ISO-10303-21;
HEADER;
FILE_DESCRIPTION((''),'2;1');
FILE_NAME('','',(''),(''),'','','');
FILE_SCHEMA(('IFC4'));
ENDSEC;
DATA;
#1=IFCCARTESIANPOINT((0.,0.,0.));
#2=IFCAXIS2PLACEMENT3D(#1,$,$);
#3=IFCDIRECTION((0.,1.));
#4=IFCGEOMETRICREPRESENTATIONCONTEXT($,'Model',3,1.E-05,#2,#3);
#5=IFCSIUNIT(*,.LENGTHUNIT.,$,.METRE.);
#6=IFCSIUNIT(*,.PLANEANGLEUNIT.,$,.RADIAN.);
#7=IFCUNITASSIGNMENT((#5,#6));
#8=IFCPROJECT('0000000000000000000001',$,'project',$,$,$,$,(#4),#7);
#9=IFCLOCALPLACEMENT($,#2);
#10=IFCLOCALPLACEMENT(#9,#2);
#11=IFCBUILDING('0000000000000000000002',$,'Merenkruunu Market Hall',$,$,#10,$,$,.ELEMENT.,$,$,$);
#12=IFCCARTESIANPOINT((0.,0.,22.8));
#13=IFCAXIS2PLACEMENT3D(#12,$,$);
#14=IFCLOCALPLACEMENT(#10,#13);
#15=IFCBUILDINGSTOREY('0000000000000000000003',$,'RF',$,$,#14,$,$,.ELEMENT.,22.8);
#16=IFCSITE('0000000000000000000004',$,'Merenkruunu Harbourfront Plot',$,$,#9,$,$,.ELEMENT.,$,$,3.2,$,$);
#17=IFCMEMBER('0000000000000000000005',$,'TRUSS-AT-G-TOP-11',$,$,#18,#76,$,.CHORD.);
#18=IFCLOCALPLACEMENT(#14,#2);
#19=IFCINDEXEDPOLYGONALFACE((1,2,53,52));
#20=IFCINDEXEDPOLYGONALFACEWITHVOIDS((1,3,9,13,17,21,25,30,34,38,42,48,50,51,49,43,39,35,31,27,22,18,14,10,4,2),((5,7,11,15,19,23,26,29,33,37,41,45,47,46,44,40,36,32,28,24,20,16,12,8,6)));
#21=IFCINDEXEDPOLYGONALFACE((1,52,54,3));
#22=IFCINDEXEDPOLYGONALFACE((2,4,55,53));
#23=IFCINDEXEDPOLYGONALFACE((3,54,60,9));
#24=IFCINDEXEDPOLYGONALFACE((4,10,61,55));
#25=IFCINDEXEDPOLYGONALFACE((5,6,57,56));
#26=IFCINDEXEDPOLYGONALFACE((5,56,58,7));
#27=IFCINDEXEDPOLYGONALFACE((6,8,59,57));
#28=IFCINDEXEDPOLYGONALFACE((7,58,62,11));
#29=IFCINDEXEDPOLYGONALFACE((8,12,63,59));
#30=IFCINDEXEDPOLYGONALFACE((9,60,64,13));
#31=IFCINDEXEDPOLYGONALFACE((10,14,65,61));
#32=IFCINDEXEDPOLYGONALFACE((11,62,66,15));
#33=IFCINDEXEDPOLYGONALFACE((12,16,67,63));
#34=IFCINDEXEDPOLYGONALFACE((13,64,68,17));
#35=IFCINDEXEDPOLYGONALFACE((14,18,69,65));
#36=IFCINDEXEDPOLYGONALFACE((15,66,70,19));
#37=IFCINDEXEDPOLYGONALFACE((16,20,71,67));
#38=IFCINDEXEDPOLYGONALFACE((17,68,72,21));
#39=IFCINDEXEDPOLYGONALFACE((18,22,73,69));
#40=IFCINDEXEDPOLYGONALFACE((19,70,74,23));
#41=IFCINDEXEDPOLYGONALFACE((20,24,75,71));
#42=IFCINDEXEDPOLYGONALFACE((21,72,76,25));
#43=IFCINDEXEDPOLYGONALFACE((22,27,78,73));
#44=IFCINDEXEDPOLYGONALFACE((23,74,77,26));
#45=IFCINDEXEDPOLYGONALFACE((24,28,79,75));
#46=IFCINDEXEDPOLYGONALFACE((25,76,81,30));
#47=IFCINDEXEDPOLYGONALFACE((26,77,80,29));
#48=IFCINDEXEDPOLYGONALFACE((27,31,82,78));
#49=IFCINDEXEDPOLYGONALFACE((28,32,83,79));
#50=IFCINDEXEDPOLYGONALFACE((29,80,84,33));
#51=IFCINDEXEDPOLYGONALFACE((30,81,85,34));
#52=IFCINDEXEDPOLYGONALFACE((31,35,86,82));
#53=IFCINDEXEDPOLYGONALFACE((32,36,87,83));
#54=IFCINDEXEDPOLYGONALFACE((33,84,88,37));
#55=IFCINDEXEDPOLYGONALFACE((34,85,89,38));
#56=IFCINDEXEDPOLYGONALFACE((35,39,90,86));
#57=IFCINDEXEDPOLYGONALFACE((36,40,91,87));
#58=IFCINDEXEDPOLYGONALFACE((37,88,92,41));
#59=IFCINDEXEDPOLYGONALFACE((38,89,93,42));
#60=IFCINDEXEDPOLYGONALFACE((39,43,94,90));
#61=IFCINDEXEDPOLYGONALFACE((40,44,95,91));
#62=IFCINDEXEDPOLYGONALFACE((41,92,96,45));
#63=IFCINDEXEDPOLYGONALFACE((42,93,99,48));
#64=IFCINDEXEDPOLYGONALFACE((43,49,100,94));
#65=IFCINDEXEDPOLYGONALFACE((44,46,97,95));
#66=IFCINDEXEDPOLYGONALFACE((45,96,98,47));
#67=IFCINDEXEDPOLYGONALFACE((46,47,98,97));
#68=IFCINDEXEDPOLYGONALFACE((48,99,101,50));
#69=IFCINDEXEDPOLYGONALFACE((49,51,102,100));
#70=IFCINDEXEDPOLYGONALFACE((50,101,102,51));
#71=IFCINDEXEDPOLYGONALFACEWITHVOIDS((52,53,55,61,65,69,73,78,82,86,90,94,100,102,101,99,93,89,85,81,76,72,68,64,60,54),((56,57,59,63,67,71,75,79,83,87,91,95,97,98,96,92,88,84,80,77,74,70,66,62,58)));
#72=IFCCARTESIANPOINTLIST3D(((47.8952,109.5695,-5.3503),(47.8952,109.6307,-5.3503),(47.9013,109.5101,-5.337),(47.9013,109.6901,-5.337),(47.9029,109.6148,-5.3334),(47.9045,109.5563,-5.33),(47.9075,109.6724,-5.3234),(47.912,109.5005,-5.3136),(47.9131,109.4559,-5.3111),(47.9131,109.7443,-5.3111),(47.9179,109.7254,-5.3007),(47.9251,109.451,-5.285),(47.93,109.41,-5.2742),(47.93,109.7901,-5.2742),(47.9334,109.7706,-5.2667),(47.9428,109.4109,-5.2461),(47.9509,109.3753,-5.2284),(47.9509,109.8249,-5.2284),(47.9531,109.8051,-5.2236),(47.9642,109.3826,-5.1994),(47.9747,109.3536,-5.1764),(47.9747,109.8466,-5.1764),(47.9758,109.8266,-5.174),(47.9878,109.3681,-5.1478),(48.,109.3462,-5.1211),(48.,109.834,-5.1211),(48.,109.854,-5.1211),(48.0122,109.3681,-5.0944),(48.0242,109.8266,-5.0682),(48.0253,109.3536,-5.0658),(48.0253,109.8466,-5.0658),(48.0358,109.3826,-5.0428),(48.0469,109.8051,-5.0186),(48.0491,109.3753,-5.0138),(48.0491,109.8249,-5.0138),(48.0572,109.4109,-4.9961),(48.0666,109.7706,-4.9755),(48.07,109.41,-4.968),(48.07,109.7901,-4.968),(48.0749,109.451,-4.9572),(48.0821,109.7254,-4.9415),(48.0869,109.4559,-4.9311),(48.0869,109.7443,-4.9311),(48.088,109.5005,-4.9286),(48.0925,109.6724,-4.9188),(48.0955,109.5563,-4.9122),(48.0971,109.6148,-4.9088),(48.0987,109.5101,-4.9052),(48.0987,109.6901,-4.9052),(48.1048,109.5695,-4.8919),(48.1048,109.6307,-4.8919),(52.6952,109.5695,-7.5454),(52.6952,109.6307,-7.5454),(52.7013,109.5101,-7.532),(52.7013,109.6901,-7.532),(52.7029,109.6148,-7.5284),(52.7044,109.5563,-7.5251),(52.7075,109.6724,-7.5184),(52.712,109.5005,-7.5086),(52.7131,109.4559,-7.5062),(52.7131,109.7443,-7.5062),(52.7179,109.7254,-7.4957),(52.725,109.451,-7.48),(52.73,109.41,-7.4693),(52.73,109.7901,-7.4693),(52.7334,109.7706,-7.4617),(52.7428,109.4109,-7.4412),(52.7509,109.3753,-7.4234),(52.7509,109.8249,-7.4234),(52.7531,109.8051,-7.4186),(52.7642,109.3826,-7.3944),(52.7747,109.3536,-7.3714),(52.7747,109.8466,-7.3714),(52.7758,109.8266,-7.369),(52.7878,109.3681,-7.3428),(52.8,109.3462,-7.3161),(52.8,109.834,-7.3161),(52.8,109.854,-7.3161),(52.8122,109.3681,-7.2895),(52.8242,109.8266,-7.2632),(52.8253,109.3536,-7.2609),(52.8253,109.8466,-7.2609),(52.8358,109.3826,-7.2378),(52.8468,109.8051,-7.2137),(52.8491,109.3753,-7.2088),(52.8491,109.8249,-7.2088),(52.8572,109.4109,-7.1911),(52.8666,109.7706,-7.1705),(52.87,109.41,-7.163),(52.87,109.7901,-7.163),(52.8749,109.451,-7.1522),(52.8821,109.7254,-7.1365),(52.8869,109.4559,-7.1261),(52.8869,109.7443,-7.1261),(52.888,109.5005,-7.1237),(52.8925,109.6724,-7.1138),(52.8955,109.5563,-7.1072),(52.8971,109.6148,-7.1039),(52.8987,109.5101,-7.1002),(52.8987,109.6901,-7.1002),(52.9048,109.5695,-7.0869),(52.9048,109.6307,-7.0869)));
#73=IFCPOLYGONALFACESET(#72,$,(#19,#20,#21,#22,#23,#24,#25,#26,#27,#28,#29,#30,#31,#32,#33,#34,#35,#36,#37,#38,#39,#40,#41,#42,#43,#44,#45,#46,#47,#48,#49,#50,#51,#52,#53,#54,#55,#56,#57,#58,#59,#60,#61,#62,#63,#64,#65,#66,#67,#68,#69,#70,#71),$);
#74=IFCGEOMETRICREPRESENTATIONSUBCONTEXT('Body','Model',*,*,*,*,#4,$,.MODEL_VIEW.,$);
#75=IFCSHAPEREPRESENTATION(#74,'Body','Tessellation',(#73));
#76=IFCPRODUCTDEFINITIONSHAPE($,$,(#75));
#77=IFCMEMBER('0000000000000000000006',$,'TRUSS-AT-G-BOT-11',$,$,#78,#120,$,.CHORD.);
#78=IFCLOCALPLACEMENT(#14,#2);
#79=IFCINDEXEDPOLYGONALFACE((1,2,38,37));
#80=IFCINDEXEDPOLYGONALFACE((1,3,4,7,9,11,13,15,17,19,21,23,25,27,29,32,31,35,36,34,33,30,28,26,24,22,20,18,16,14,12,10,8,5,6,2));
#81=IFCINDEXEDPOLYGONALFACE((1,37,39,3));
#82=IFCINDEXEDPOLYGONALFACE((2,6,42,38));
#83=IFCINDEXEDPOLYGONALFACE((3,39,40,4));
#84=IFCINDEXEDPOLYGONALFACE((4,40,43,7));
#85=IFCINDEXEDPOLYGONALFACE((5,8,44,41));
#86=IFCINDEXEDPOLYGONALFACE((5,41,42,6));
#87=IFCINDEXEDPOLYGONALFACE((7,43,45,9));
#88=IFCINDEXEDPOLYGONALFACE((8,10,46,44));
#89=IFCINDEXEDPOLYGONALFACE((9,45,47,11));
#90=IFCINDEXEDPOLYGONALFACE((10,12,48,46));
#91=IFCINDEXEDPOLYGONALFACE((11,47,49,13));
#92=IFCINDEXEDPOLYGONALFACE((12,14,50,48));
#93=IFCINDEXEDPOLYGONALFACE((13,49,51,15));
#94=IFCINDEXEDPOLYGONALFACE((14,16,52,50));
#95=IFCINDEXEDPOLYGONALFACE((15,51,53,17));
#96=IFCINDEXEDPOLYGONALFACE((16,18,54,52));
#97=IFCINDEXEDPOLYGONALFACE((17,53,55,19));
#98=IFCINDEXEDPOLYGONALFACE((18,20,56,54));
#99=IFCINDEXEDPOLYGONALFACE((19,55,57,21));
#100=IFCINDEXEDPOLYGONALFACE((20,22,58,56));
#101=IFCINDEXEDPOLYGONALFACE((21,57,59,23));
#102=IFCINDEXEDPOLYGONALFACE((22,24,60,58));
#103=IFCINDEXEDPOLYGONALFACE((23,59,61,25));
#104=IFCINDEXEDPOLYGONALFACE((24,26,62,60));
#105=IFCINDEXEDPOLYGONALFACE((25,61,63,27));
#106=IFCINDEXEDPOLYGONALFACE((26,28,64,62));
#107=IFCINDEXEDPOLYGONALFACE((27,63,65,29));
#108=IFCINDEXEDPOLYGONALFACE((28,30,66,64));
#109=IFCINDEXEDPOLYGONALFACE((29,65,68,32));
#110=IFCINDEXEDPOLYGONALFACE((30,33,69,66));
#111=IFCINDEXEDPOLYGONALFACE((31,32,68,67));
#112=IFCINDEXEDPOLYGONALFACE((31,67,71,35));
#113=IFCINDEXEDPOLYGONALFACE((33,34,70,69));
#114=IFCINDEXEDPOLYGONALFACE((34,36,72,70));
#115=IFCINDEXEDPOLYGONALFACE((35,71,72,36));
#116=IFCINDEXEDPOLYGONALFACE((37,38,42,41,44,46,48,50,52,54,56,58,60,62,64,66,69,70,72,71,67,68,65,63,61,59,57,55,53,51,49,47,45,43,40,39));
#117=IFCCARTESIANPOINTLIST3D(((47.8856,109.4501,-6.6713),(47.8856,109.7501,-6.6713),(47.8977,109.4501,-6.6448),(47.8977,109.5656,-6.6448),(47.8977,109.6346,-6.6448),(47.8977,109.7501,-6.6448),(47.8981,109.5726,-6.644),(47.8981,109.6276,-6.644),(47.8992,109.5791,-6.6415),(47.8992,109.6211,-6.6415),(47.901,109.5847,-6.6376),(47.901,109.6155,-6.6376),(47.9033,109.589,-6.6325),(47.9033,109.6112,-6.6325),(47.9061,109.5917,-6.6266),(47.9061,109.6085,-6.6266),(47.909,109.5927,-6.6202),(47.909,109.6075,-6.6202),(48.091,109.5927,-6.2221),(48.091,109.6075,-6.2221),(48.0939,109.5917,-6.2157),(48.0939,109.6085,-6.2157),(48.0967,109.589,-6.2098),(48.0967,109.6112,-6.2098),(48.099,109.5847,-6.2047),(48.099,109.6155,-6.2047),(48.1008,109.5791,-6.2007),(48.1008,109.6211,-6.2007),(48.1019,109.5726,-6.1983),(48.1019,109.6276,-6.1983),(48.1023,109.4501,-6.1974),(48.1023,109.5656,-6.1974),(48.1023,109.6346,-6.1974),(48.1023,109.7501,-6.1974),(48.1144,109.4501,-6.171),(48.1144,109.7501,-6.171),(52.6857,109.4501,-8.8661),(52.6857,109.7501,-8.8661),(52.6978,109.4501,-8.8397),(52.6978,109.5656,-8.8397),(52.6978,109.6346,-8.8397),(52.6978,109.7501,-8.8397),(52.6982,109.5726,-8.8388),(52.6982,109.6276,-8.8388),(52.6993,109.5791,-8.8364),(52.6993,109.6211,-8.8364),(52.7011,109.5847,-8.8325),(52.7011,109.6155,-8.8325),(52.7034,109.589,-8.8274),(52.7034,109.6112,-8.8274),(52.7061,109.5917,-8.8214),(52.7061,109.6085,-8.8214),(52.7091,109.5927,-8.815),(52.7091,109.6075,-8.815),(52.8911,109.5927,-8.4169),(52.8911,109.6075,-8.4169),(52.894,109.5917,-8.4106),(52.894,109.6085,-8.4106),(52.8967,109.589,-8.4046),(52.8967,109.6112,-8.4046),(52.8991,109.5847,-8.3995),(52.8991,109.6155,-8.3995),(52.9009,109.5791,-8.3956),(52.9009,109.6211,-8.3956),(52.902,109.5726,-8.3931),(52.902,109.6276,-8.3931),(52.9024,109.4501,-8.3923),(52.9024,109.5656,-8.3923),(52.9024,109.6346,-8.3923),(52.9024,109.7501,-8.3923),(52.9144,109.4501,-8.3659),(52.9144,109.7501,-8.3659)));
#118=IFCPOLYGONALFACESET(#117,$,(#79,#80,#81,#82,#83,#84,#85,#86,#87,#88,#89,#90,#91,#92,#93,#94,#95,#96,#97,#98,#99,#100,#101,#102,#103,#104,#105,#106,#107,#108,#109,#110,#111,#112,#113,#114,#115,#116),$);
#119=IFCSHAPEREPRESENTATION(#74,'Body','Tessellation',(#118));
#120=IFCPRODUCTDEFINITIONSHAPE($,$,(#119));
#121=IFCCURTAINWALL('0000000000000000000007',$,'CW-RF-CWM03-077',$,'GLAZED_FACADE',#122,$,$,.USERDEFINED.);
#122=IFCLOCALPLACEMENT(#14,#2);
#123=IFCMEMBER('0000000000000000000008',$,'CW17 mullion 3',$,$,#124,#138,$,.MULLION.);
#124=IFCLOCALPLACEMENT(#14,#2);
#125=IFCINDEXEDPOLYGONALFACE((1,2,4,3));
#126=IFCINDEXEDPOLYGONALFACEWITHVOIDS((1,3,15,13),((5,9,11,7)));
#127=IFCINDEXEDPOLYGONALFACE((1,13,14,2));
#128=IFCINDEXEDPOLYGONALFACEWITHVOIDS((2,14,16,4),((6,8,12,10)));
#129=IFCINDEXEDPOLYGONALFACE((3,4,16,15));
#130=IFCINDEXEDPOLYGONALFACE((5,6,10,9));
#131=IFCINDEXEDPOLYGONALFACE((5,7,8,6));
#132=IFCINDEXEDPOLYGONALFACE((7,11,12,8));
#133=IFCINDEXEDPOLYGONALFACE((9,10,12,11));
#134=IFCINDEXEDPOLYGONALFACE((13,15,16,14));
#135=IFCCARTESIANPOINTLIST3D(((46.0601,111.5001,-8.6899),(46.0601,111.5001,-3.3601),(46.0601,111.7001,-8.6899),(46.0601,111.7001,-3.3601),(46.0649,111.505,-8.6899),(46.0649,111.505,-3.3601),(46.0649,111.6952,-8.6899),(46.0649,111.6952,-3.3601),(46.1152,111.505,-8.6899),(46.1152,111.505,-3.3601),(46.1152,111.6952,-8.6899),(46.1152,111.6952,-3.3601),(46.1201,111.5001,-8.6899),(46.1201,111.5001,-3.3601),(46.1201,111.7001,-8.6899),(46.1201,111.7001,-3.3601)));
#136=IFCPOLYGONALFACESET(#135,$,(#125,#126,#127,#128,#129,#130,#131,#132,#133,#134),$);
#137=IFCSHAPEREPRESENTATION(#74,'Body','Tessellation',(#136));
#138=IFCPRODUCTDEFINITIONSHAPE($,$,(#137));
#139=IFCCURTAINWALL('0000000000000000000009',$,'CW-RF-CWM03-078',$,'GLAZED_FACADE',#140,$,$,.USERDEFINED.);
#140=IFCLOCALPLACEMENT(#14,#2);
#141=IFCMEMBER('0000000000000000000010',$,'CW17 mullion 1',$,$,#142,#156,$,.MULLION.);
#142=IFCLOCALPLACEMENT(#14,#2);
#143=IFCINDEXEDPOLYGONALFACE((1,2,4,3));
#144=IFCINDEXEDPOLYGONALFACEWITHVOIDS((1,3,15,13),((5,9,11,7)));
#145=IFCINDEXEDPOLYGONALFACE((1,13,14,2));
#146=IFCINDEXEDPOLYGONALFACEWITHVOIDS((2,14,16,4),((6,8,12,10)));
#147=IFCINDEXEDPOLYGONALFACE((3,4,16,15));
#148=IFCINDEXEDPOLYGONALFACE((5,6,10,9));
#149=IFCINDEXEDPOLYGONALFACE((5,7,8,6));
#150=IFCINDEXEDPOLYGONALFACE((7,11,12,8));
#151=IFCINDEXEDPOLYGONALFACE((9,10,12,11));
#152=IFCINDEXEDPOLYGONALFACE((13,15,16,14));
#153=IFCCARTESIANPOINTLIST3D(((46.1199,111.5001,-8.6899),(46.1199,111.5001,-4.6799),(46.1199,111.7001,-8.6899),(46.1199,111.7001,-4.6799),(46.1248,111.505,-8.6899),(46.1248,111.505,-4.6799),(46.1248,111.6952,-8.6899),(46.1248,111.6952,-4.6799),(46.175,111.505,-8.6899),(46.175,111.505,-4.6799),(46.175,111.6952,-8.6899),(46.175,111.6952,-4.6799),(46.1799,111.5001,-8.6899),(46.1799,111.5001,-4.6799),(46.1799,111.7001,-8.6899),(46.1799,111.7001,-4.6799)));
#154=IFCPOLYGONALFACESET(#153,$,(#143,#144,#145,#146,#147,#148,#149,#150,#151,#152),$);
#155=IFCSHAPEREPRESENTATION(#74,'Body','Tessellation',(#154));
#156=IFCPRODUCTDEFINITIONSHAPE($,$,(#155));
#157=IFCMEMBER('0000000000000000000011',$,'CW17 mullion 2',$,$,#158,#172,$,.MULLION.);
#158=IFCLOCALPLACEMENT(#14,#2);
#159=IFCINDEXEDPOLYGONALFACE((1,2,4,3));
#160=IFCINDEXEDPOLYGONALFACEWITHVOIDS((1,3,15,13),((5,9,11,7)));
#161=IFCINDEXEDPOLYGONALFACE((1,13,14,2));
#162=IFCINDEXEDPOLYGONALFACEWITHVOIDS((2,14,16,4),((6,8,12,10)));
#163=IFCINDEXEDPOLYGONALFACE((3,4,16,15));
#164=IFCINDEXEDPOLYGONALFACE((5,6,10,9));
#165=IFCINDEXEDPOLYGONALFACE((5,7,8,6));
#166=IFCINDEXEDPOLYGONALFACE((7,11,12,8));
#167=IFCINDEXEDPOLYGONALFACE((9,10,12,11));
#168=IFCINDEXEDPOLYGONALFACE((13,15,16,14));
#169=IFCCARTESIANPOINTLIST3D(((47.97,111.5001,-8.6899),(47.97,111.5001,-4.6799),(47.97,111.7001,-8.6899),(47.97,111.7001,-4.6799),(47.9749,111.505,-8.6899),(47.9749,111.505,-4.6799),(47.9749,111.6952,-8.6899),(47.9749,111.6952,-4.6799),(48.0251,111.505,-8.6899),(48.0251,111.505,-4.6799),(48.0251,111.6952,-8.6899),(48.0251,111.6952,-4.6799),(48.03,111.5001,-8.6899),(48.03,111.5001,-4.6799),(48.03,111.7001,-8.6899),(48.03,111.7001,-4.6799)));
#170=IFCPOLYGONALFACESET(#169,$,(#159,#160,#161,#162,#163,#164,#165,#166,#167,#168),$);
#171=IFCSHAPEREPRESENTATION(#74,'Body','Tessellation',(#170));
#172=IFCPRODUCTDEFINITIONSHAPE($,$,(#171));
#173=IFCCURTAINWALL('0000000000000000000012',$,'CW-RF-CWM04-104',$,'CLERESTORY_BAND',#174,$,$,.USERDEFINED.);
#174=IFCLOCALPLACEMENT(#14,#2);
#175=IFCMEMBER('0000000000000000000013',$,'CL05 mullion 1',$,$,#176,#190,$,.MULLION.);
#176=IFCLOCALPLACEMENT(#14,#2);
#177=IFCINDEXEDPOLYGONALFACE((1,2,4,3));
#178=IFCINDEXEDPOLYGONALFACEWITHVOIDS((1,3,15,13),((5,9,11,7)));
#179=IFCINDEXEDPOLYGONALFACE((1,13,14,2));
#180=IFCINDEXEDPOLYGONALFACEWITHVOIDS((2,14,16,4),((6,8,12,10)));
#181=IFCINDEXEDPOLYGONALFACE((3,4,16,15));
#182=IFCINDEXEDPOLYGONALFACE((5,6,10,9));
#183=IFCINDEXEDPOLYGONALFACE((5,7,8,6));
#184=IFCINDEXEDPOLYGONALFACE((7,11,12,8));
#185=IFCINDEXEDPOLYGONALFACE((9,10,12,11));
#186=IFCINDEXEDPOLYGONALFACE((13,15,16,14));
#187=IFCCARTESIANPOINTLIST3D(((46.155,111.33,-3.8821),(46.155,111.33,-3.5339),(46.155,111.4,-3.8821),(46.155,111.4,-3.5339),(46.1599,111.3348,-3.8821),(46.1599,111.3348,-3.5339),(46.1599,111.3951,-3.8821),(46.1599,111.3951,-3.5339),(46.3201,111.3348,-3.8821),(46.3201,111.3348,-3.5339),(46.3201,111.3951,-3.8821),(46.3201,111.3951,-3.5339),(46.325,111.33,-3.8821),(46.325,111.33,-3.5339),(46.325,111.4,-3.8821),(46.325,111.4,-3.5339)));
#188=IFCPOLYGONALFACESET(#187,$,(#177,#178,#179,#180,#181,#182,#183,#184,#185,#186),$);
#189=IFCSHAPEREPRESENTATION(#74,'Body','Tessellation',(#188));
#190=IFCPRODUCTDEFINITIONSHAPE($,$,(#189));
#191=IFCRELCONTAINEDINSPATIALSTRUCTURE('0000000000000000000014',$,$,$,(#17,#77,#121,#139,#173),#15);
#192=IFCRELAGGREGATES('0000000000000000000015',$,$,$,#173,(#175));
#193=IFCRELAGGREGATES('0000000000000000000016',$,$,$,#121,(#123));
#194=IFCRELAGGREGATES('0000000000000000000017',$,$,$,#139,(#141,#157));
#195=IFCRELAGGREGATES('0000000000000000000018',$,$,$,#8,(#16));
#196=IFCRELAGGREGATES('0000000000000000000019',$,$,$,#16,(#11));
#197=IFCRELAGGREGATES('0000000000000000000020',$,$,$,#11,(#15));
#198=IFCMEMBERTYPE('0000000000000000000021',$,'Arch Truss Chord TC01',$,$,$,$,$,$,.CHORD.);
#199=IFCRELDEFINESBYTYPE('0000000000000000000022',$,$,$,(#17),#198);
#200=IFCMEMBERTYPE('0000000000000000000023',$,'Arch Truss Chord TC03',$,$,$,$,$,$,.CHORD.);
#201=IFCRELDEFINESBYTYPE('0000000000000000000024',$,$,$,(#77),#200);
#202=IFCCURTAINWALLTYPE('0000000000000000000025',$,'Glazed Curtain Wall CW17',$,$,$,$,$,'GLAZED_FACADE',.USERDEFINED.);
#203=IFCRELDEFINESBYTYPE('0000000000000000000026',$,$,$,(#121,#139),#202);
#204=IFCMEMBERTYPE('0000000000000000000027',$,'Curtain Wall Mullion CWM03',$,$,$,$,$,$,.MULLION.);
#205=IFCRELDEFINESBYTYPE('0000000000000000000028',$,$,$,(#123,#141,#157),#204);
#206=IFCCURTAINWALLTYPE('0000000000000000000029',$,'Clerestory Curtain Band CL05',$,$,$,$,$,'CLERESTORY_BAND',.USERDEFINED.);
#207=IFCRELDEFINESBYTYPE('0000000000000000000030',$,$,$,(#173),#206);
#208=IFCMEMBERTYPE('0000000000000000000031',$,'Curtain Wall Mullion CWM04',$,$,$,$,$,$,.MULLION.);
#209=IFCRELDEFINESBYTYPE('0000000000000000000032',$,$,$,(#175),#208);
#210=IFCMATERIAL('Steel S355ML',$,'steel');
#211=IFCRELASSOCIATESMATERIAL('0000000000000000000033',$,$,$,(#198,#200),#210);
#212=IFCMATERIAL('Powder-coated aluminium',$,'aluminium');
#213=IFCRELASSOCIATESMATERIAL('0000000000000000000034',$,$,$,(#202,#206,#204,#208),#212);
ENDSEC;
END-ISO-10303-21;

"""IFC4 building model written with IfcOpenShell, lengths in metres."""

from ifc_helpers import new_model, si_unit, direction, frame, origin, origin_2d, place, context, subcontext, project, spatial, hollow_rectangle, hollow_circle, i_section, extrude, material, material_profile, profile_set, type_object, element, aggregate, save


model = new_model("IFC4")

# Units and contexts
model_context = context("Model", 3, precision=1e-05, world=origin(), true_north=direction((0.0, 1.0)))
body_context = subcontext(model_context, "Body", "Model", "MODEL_VIEW")
ifc_project = project(units=[si_unit("LENGTHUNIT", "METRE"), si_unit("PLANEANGLEUNIT", "RADIAN")], contexts=[model_context])

# Site, building, storey
site_placement = place(None, origin())
site = spatial("IfcSite", under=ifc_project, at=site_placement, Name="Merenkruunu Harbourfront Plot", CompositionType="ELEMENT", RefElevation=3.2)
building_placement = place(site_placement, origin())
building = spatial("IfcBuilding", under=site, at=building_placement, Name="Merenkruunu Market Hall", CompositionType="ELEMENT")
storey_placement = place(building_placement, frame((0.0, 0.0, 22.8)))
storey = spatial("IfcBuildingStorey", under=building, at=storey_placement, Name="RF", CompositionType="ELEMENT", Elevation=22.8)

# Members
ifc_material_1 = material(Name="Steel S355ML", Category="steel")
ifc_material_profile_1 = material_profile(ifc_material_1, hollow_circle(Radius=0.2539, WallThickness=0.02, at=origin_2d()), Name="CHS 508x20")
ifc_profile_set_1 = profile_set([ifc_material_profile_1], Name="Steel S355ML")
member_type_1 = type_object("IfcMemberType", Name="Arch Truss Chord TC01", PredefinedType="CHORD", material=ifc_profile_set_1)
member_1_placement = place(storey_placement, frame((48.0, 109.6001, -5.1211), z_axis=(0.90942, 0.0, -0.415879), x_axis=(0.0, 1.0, 0.0)))
element("IfcMember", 1, at=member_1_placement, inside=storey, type_object=member_type_1, Name="TRUSS-AT-G-TOP-11", PredefinedType="CHORD", context=body_context, shape_type="SweptSolid", body=[
    extrude(hollow_circle(Radius=0.2539, WallThickness=0.02, at=origin_2d()), origin(), (0.0, 0.0, 1.0), 5.2781),
])
ifc_material_profile_2 = material_profile(ifc_material_1, i_section(OverallWidth=0.3, OverallDepth=0.55, WebThickness=0.0149, FlangeThickness=0.0291, FilletRadius=0.0271, at=origin_2d()), Name="HEB 550")
ifc_profile_set_2 = profile_set([ifc_material_profile_2], Name="Steel S355ML")
member_type_2 = type_object("IfcMemberType", Name="Arch Truss Chord TC03", PredefinedType="CHORD", material=ifc_profile_set_2)
member_2_placement = place(storey_placement, frame((48.0, 109.6001, -6.4211), z_axis=(0.909437, 0.0, -0.415841), x_axis=(0.0, 1.0, 0.0)))
element("IfcMember", 2, at=member_2_placement, inside=storey, type_object=member_type_2, Name="TRUSS-AT-G-BOT-11", PredefinedType="CHORD", context=body_context, shape_type="SweptSolid", body=[
    extrude(i_section(OverallWidth=0.3, OverallDepth=0.55, WebThickness=0.0149, FlangeThickness=0.0291, FilletRadius=0.0271, at=origin_2d()), origin(), (0.0, 0.0, 1.0), 5.2781),
])

# Curtain wall, member
ifc_material_2 = material(Name="Powder-coated aluminium", Category="aluminium")
curtain_wall_type_1 = type_object("IfcCurtainWallType", Name="Glazed Curtain Wall CW17", ElementType="GLAZED_FACADE", PredefinedType="USERDEFINED", material=ifc_material_2)
curtain_wall_1_placement = place(storey_placement, origin())
curtain_wall_1 = element("IfcCurtainWall", 3, at=curtain_wall_1_placement, inside=storey, type_object=curtain_wall_type_1, Name="CW-RF-CWM03-077", ObjectType="GLAZED_FACADE", PredefinedType="USERDEFINED")
ifc_material_profile_3 = material_profile(ifc_material_2, hollow_rectangle(XDim=0.0601, YDim=0.2, WallThickness=0.0049, at=origin_2d()), Name="ALU 60x200x5")
ifc_profile_set_3 = profile_set([ifc_material_profile_3], Name="Powder-coated aluminium")
member_type_3 = type_object("IfcMemberType", Name="Curtain Wall Mullion CWM03", PredefinedType="MULLION", material=ifc_profile_set_3)
member_3_placement = place(storey_placement, frame((46.0901, 111.6001, -8.6899), z_axis=(0.0, 0.0, 1.0), x_axis=(1.0, 0.0, 0.0)))
member_3 = element("IfcMember", 4, at=member_3_placement, type_object=member_type_3, Name="CW17 mullion 3", PredefinedType="MULLION", context=body_context, shape_type="SweptSolid", body=[
    extrude(hollow_rectangle(XDim=0.0601, YDim=0.2, WallThickness=0.0049, at=origin_2d()), origin(), (0.0, 0.0, 1.0), 5.3298),
])

# Curtain wall, members
curtain_wall_2_placement = place(storey_placement, origin())
curtain_wall_2 = element("IfcCurtainWall", 5, at=curtain_wall_2_placement, inside=storey, type_object=curtain_wall_type_1, Name="CW-RF-CWM03-078", ObjectType="GLAZED_FACADE", PredefinedType="USERDEFINED")
member_4_placement = place(storey_placement, frame((46.1499, 111.6001, -8.6899), z_axis=(0.0, 0.0, 1.0), x_axis=(1.0, 0.0, 0.0)))
member_4 = element("IfcMember", 6, at=member_4_placement, type_object=member_type_3, Name="CW17 mullion 1", PredefinedType="MULLION", context=body_context, shape_type="SweptSolid", body=[
    extrude(hollow_rectangle(XDim=0.0601, YDim=0.2, WallThickness=0.0049, at=origin_2d()), origin(), (0.0, 0.0, 1.0), 4.01),
])
member_5_placement = place(storey_placement, frame((48.0, 111.6001, -8.6899), z_axis=(0.0, 0.0, 1.0), x_axis=(1.0, 0.0, 0.0)))
member_5 = element("IfcMember", 7, at=member_5_placement, type_object=member_type_3, Name="CW17 mullion 2", PredefinedType="MULLION", context=body_context, shape_type="SweptSolid", body=[
    extrude(hollow_rectangle(XDim=0.0601, YDim=0.2, WallThickness=0.0049, at=origin_2d()), origin(), (0.0, 0.0, 1.0), 4.01),
])

# Curtain wall, member
curtain_wall_type_2 = type_object("IfcCurtainWallType", Name="Clerestory Curtain Band CL05", ElementType="CLERESTORY_BAND", PredefinedType="USERDEFINED", material=ifc_material_2)
curtain_wall_3_placement = place(storey_placement, origin())
curtain_wall_3 = element("IfcCurtainWall", 8, at=curtain_wall_3_placement, inside=storey, type_object=curtain_wall_type_2, Name="CW-RF-CWM04-104", ObjectType="CLERESTORY_BAND", PredefinedType="USERDEFINED")
ifc_material_profile_4 = material_profile(ifc_material_2, hollow_rectangle(XDim=0.0701, YDim=0.1699, WallThickness=0.0049, at=origin_2d()), Name="ALU 70x170x5")
ifc_profile_set_4 = profile_set([ifc_material_profile_4], Name="Powder-coated aluminium")
member_type_4 = type_object("IfcMemberType", Name="Curtain Wall Mullion CWM04", PredefinedType="MULLION", material=ifc_profile_set_4)
member_6_placement = place(storey_placement, frame((46.24, 111.365, -3.8821), z_axis=(0.0, 0.0, 1.0), x_axis=(0.0, -1.0, 0.0)))
member_6 = element("IfcMember", 9, at=member_6_placement, type_object=member_type_4, Name="CL05 mullion 1", PredefinedType="MULLION", context=body_context, shape_type="SweptSolid", body=[
    extrude(hollow_rectangle(XDim=0.0701, YDim=0.1699, WallThickness=0.0049, at=origin_2d()), origin(), (0.0, 0.0, 1.0), 0.3481),
])

aggregate(curtain_wall_3, [member_6])

aggregate(curtain_wall_1, [member_3])
aggregate(curtain_wall_2, [member_4, member_5])

save(model, "model.ifc")
